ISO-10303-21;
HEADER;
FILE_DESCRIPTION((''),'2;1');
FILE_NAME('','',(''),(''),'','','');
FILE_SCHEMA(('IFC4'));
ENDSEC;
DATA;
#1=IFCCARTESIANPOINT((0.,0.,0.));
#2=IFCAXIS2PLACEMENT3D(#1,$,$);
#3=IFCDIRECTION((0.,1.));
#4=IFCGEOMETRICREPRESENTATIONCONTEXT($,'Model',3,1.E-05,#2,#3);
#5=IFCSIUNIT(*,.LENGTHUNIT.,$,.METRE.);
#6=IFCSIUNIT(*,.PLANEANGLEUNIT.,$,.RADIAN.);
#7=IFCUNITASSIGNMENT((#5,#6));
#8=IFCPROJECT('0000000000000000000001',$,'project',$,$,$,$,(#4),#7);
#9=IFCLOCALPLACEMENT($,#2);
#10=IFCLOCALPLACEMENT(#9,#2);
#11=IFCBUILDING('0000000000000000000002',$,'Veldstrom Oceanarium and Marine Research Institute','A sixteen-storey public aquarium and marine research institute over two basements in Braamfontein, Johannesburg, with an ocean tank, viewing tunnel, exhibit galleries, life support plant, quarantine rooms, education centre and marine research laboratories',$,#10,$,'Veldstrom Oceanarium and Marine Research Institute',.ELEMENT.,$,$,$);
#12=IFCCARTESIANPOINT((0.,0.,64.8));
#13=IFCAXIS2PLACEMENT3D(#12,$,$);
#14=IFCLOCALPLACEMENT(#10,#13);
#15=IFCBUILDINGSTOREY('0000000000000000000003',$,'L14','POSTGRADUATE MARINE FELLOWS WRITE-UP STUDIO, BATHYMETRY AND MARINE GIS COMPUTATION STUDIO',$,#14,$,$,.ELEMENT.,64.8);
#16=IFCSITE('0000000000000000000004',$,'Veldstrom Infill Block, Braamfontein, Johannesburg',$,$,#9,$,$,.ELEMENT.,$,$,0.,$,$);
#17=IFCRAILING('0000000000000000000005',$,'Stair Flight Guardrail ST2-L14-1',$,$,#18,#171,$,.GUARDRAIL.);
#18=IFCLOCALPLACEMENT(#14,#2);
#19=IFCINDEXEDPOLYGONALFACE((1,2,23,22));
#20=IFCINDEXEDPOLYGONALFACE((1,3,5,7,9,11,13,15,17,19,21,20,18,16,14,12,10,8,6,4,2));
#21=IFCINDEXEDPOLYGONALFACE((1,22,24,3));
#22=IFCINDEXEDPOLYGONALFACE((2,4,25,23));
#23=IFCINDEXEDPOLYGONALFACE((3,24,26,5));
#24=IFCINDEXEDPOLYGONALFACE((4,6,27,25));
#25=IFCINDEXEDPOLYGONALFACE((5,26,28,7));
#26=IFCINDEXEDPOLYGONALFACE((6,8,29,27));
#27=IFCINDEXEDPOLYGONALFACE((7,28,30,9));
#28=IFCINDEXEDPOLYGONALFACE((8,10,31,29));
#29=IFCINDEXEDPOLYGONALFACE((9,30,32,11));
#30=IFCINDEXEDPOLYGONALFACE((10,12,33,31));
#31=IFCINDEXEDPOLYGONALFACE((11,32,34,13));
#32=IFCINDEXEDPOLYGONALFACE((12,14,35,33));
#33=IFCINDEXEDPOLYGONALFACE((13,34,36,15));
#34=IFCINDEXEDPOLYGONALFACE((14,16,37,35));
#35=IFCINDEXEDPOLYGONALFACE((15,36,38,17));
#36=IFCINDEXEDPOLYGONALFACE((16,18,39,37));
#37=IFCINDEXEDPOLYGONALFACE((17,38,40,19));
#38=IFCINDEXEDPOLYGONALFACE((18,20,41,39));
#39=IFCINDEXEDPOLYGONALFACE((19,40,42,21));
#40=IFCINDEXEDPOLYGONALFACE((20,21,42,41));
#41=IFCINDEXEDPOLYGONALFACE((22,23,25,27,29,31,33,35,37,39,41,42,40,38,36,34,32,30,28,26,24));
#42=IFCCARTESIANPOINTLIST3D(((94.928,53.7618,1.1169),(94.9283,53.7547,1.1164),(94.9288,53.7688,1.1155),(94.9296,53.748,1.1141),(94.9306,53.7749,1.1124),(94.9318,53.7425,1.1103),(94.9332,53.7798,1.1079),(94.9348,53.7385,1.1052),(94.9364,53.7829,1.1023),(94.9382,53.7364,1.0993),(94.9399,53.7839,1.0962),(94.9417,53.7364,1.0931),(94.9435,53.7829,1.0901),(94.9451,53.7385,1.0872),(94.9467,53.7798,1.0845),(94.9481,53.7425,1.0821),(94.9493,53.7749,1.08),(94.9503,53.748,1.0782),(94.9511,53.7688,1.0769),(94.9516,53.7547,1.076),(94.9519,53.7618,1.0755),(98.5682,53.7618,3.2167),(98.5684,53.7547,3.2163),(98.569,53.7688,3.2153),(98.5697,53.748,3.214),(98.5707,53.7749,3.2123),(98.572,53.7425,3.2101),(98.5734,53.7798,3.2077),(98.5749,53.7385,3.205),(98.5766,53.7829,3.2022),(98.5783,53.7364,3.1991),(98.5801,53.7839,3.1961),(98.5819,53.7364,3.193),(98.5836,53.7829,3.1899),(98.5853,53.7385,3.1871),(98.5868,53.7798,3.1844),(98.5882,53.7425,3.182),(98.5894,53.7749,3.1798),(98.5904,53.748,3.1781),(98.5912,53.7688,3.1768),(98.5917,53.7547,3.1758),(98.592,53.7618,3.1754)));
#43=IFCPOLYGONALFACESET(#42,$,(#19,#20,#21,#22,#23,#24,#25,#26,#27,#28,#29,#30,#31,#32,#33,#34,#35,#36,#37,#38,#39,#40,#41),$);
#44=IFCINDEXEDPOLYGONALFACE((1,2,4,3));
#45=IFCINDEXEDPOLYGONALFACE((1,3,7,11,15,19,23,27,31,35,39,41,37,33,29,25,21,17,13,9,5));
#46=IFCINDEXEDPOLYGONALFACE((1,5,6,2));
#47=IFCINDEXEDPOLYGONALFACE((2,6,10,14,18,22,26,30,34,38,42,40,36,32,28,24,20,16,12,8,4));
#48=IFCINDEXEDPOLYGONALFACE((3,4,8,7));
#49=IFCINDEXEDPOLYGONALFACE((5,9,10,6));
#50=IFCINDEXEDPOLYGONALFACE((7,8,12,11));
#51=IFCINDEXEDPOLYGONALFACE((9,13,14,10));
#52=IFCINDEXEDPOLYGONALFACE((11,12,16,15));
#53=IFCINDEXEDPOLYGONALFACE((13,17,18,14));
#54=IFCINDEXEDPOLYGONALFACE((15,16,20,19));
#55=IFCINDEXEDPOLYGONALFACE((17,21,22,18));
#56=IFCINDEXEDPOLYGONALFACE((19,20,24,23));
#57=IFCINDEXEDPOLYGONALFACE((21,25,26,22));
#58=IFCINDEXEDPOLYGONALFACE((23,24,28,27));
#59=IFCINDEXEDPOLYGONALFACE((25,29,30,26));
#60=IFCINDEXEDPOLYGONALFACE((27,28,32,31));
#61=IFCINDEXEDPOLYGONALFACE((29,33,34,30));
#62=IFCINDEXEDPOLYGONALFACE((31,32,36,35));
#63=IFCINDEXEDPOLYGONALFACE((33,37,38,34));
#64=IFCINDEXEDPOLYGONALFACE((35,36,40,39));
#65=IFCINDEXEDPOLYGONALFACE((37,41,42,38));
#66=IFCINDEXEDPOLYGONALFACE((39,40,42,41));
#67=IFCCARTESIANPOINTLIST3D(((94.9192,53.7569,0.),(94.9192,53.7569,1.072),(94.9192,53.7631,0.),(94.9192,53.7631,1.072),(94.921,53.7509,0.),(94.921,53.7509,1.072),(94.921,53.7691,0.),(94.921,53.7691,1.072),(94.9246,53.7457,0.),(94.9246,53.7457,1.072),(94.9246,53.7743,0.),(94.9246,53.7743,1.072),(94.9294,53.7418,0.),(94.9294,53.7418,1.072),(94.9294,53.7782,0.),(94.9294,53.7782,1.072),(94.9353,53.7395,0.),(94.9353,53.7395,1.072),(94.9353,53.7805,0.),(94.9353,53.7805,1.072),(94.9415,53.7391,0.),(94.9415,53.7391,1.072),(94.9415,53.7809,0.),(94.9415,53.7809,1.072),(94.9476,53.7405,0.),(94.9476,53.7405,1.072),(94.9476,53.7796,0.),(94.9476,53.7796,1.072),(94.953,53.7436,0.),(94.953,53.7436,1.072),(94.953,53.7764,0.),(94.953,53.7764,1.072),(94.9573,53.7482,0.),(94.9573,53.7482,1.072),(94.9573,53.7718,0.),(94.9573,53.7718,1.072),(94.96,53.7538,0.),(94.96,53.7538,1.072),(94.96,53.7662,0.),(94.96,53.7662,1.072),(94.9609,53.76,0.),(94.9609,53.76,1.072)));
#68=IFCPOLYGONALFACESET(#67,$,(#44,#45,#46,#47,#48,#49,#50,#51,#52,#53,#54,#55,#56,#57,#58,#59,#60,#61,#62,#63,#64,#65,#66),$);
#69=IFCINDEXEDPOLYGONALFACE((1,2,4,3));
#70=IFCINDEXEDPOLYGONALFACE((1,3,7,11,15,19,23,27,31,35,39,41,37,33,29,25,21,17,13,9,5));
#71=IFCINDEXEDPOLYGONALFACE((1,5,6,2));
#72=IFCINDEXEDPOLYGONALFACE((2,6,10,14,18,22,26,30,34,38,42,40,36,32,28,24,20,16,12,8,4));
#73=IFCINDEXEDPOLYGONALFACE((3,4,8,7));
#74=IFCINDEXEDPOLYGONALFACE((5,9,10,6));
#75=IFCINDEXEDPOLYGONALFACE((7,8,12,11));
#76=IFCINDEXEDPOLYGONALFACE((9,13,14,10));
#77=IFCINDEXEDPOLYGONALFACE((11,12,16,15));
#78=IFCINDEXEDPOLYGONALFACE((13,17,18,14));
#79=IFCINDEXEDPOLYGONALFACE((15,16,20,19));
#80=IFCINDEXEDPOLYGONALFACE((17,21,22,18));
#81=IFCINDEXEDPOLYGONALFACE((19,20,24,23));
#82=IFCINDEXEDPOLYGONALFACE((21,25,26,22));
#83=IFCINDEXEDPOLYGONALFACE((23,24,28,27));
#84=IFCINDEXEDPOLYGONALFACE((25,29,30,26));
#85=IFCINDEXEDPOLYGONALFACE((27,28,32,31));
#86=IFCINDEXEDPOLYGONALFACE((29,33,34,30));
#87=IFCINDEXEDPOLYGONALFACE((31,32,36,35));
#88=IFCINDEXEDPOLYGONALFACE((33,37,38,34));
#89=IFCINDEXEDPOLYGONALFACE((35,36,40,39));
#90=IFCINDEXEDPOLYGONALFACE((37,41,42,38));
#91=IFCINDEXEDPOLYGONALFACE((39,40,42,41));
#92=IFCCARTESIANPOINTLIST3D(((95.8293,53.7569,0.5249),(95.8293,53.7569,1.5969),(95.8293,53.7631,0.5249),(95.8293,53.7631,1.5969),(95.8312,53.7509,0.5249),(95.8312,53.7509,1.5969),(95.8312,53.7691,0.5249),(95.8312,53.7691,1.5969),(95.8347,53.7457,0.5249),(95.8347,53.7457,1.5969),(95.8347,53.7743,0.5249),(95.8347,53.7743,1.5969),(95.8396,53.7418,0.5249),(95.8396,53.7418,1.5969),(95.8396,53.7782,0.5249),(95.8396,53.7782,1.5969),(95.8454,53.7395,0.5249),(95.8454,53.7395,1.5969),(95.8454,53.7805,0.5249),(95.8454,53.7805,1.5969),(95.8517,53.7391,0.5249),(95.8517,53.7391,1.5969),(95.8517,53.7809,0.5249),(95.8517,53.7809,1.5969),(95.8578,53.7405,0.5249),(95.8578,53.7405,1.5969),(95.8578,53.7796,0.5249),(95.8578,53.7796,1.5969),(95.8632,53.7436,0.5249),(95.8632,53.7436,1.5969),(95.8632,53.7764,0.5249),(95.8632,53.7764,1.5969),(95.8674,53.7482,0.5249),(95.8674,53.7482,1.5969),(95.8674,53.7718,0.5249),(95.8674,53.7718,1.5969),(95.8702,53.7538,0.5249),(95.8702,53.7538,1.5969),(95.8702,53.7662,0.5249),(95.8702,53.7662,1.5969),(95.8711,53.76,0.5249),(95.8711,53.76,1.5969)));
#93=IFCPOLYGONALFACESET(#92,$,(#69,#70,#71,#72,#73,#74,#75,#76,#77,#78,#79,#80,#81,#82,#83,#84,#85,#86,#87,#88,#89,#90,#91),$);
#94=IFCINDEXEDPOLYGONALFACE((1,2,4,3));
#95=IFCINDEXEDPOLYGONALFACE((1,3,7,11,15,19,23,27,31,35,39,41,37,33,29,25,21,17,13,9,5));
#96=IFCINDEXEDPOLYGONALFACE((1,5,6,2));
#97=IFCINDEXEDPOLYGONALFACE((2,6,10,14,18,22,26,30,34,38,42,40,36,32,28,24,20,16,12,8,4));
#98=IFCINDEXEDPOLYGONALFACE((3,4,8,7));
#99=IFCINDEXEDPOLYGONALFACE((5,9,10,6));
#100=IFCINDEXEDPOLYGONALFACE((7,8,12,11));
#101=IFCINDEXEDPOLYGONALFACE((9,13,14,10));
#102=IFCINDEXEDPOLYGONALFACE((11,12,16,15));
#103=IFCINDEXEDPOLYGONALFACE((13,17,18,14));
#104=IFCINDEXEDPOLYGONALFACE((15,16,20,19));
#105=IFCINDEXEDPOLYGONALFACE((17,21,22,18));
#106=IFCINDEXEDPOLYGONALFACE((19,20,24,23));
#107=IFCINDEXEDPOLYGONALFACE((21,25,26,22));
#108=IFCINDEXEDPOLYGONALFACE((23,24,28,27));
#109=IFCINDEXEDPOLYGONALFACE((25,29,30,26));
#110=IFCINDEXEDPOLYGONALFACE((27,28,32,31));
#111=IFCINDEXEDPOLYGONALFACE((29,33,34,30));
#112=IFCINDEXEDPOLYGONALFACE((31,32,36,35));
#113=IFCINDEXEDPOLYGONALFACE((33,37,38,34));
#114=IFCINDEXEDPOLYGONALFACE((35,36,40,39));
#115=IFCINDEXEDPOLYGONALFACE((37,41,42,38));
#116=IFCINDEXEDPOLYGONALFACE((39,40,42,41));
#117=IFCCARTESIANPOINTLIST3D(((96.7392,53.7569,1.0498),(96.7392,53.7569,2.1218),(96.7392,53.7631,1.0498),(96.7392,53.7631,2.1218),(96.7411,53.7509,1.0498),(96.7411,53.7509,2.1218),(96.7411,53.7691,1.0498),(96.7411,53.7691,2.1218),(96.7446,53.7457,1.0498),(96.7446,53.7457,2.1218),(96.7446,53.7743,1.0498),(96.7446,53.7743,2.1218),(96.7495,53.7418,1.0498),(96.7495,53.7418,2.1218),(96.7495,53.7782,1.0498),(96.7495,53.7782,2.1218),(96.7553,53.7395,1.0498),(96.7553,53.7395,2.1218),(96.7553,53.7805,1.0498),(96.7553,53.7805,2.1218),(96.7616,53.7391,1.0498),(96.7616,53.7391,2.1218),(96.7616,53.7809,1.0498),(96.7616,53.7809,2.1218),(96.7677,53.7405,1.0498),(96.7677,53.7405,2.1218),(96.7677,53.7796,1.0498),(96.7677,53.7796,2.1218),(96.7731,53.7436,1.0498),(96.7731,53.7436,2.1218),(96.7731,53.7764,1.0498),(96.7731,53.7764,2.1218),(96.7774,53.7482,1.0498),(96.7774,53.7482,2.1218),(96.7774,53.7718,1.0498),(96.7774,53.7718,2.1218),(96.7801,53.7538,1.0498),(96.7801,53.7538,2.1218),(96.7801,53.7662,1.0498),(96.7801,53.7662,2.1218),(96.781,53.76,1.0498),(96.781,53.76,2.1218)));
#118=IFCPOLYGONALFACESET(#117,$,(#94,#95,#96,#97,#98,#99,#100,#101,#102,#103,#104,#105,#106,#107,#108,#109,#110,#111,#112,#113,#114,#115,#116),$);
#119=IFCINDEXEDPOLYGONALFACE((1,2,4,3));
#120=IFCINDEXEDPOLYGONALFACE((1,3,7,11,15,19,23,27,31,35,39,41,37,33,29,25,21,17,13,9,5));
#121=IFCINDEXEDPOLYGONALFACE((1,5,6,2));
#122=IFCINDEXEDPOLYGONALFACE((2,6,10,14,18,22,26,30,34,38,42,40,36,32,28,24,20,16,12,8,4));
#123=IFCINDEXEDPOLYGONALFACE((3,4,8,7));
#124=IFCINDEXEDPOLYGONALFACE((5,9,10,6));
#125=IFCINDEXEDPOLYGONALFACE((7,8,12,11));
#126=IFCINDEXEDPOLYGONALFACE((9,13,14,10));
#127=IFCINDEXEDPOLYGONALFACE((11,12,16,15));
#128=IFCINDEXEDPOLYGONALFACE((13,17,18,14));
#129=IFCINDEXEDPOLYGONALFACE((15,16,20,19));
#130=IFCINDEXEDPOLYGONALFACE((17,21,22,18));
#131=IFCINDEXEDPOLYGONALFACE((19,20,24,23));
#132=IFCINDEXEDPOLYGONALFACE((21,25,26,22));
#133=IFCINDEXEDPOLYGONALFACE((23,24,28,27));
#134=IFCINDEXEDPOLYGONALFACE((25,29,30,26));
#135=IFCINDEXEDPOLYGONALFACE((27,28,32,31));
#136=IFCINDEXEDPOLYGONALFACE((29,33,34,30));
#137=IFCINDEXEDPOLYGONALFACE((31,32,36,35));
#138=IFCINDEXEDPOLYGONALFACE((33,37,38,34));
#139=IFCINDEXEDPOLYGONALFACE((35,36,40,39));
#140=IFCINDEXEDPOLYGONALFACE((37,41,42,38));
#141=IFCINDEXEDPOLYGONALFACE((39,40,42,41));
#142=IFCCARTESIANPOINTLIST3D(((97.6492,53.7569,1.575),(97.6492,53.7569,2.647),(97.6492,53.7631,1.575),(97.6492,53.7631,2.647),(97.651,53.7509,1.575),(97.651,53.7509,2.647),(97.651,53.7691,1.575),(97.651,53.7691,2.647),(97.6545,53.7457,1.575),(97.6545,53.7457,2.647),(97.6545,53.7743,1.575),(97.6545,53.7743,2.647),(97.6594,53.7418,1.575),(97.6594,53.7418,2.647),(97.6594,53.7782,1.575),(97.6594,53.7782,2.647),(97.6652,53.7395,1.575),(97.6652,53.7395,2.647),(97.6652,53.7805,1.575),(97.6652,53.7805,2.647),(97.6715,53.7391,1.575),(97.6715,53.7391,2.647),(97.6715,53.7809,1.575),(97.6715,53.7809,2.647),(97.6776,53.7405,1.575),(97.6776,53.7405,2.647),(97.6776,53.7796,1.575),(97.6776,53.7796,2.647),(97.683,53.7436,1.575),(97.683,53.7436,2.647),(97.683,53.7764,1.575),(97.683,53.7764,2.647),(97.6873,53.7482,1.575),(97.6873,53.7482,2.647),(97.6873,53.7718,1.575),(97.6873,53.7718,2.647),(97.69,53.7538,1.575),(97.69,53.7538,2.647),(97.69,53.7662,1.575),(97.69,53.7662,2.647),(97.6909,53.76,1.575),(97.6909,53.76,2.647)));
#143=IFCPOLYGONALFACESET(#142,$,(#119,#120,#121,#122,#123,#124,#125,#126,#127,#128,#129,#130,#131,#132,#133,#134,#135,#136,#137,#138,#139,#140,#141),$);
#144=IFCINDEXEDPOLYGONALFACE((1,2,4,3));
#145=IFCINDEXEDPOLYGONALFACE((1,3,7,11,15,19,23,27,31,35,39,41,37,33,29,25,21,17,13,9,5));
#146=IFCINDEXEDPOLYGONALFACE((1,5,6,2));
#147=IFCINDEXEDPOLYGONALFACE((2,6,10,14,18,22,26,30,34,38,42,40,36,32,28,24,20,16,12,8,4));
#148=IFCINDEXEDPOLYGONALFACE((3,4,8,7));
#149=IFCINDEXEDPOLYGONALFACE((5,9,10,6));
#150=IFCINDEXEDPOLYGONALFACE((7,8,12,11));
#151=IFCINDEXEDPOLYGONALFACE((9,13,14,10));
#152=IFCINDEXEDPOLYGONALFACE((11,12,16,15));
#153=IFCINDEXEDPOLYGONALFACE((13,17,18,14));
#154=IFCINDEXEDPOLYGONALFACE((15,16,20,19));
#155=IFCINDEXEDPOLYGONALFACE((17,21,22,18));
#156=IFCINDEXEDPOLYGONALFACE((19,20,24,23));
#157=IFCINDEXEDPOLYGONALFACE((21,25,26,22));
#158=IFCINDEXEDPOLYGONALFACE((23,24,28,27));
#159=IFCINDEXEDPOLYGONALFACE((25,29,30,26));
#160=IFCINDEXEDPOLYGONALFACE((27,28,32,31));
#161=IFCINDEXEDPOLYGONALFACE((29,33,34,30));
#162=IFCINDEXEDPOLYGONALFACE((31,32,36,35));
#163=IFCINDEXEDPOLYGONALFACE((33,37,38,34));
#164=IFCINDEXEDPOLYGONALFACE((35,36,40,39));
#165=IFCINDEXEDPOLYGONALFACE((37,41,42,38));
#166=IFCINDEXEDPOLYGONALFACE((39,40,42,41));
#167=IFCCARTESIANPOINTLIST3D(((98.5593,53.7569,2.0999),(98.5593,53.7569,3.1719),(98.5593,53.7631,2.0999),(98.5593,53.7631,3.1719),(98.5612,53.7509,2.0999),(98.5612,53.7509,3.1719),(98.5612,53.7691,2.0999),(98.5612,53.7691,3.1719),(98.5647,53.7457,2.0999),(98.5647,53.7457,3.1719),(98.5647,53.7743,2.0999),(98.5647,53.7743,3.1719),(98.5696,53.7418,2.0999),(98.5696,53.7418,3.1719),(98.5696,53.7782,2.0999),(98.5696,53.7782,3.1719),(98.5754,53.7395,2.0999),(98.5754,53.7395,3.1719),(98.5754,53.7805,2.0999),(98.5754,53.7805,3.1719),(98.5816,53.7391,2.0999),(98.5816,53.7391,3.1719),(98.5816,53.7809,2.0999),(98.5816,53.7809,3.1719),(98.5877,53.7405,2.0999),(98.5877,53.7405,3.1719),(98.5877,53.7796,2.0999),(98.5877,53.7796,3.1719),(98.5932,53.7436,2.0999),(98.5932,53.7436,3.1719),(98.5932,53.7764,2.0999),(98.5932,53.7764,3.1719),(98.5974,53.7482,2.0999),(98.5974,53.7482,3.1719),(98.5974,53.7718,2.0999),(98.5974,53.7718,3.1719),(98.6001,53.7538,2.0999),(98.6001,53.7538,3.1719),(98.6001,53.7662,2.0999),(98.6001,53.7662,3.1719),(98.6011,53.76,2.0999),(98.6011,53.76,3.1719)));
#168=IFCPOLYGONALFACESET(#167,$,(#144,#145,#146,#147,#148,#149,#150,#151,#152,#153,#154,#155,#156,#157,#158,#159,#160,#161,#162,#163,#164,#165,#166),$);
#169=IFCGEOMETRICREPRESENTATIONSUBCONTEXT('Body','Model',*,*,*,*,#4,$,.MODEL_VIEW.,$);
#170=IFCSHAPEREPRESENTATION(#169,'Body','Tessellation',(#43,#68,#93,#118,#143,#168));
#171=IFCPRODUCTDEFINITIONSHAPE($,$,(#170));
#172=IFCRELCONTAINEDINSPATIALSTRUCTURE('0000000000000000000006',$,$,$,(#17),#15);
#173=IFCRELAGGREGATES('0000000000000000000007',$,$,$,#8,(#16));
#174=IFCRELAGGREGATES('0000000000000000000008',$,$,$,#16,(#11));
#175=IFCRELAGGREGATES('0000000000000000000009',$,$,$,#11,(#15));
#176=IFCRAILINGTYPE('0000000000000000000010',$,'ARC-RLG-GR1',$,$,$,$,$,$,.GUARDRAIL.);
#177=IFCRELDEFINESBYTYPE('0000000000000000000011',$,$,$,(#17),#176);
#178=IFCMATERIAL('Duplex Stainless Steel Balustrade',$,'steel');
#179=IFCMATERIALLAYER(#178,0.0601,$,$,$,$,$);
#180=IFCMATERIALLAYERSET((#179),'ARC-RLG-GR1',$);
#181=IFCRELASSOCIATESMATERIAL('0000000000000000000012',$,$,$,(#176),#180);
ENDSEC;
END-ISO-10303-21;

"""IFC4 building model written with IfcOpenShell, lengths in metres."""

from ifc_helpers import new_model, si_unit, direction, frame, origin, origin_2d, place, context, subcontext, project, spatial, circle, extrude, material, layer, layer_set, type_object, element, save


model = new_model("IFC4")

# Units and contexts
model_context = context("Model", 3, precision=1e-05, world=origin(), true_north=direction((0.0, 1.0)))
body_context = subcontext(model_context, "Body", "Model", "MODEL_VIEW")
ifc_project = project(units=[si_unit("LENGTHUNIT", "METRE"), si_unit("PLANEANGLEUNIT", "RADIAN")], contexts=[model_context])

# Site, building, storey
site_placement = place(None, origin())
site = spatial("IfcSite", under=ifc_project, at=site_placement, Name="Veldstrom Infill Block, Braamfontein, Johannesburg", CompositionType="ELEMENT", RefElevation=0.0)
building_placement = place(site_placement, origin())
building = spatial("IfcBuilding", under=site, at=building_placement, Name="Veldstrom Oceanarium and Marine Research Institute", Description="A sixteen-storey public aquarium and marine research institute over two basements in Braamfontein, Johannesburg, with an ocean tank, viewing tunnel, exhibit galleries, life support plant, quarantine rooms, education centre and marine research laboratories", LongName="Veldstrom Oceanarium and Marine Research Institute", CompositionType="ELEMENT")
storey_placement = place(building_placement, frame((0.0, 0.0, 64.8)))
storey = spatial("IfcBuildingStorey", under=building, at=storey_placement, Name="L14", Description="POSTGRADUATE MARINE FELLOWS WRITE-UP STUDIO, BATHYMETRY AND MARINE GIS COMPUTATION STUDIO", CompositionType="ELEMENT", Elevation=64.8)

# Railing
ifc_material_1 = material(Name="Duplex Stainless Steel Balustrade", Category="steel")
ifc_layer_1 = layer(ifc_material_1, 0.0601)
ifc_layer_set_1 = layer_set([ifc_layer_1], Name="ARC-RLG-GR1")
railing_type_1 = type_object("IfcRailingType", Name="ARC-RLG-GR1", PredefinedType="GUARDRAIL", material=ifc_layer_set_1)
railing_1_placement = place(storey_placement, frame((94.9399, 53.76, 0.0)))
element("IfcRailing", 1, at=railing_1_placement, inside=storey, type_object=railing_type_1, Name="Stair Flight Guardrail ST2-L14-1", PredefinedType="GUARDRAIL", context=body_context, shape_type="SweptSolid", body=[
    extrude(circle(Radius=0.0239, at=origin_2d()), frame((0.0, 0.0, 1.0962), z_axis=(0.866209, 0.0, 0.499682), x_axis=(0.0, 1.0, 0.0)), (0.0, 0.0, 1.0), 4.2024),
    extrude(circle(Radius=0.021, at=origin_2d()), origin(), (0.0, 0.0, 1.0), 1.072),
    extrude(circle(Radius=0.021, at=origin_2d()), frame((0.9102, 0.0, 0.5249)), (0.0, 0.0, 1.0), 1.072),
    extrude(circle(Radius=0.021, at=origin_2d()), frame((1.8201, 0.0, 1.0498)), (0.0, 0.0, 1.0), 1.072),
    extrude(circle(Radius=0.021, at=origin_2d()), frame((2.73, 0.0, 1.575)), (0.0, 0.0, 1.0), 1.072),
    extrude(circle(Radius=0.021, at=origin_2d()), frame((3.6401, 0.0, 2.0999)), (0.0, 0.0, 1.0), 1.072),
])

save(model, "model.ifc")
